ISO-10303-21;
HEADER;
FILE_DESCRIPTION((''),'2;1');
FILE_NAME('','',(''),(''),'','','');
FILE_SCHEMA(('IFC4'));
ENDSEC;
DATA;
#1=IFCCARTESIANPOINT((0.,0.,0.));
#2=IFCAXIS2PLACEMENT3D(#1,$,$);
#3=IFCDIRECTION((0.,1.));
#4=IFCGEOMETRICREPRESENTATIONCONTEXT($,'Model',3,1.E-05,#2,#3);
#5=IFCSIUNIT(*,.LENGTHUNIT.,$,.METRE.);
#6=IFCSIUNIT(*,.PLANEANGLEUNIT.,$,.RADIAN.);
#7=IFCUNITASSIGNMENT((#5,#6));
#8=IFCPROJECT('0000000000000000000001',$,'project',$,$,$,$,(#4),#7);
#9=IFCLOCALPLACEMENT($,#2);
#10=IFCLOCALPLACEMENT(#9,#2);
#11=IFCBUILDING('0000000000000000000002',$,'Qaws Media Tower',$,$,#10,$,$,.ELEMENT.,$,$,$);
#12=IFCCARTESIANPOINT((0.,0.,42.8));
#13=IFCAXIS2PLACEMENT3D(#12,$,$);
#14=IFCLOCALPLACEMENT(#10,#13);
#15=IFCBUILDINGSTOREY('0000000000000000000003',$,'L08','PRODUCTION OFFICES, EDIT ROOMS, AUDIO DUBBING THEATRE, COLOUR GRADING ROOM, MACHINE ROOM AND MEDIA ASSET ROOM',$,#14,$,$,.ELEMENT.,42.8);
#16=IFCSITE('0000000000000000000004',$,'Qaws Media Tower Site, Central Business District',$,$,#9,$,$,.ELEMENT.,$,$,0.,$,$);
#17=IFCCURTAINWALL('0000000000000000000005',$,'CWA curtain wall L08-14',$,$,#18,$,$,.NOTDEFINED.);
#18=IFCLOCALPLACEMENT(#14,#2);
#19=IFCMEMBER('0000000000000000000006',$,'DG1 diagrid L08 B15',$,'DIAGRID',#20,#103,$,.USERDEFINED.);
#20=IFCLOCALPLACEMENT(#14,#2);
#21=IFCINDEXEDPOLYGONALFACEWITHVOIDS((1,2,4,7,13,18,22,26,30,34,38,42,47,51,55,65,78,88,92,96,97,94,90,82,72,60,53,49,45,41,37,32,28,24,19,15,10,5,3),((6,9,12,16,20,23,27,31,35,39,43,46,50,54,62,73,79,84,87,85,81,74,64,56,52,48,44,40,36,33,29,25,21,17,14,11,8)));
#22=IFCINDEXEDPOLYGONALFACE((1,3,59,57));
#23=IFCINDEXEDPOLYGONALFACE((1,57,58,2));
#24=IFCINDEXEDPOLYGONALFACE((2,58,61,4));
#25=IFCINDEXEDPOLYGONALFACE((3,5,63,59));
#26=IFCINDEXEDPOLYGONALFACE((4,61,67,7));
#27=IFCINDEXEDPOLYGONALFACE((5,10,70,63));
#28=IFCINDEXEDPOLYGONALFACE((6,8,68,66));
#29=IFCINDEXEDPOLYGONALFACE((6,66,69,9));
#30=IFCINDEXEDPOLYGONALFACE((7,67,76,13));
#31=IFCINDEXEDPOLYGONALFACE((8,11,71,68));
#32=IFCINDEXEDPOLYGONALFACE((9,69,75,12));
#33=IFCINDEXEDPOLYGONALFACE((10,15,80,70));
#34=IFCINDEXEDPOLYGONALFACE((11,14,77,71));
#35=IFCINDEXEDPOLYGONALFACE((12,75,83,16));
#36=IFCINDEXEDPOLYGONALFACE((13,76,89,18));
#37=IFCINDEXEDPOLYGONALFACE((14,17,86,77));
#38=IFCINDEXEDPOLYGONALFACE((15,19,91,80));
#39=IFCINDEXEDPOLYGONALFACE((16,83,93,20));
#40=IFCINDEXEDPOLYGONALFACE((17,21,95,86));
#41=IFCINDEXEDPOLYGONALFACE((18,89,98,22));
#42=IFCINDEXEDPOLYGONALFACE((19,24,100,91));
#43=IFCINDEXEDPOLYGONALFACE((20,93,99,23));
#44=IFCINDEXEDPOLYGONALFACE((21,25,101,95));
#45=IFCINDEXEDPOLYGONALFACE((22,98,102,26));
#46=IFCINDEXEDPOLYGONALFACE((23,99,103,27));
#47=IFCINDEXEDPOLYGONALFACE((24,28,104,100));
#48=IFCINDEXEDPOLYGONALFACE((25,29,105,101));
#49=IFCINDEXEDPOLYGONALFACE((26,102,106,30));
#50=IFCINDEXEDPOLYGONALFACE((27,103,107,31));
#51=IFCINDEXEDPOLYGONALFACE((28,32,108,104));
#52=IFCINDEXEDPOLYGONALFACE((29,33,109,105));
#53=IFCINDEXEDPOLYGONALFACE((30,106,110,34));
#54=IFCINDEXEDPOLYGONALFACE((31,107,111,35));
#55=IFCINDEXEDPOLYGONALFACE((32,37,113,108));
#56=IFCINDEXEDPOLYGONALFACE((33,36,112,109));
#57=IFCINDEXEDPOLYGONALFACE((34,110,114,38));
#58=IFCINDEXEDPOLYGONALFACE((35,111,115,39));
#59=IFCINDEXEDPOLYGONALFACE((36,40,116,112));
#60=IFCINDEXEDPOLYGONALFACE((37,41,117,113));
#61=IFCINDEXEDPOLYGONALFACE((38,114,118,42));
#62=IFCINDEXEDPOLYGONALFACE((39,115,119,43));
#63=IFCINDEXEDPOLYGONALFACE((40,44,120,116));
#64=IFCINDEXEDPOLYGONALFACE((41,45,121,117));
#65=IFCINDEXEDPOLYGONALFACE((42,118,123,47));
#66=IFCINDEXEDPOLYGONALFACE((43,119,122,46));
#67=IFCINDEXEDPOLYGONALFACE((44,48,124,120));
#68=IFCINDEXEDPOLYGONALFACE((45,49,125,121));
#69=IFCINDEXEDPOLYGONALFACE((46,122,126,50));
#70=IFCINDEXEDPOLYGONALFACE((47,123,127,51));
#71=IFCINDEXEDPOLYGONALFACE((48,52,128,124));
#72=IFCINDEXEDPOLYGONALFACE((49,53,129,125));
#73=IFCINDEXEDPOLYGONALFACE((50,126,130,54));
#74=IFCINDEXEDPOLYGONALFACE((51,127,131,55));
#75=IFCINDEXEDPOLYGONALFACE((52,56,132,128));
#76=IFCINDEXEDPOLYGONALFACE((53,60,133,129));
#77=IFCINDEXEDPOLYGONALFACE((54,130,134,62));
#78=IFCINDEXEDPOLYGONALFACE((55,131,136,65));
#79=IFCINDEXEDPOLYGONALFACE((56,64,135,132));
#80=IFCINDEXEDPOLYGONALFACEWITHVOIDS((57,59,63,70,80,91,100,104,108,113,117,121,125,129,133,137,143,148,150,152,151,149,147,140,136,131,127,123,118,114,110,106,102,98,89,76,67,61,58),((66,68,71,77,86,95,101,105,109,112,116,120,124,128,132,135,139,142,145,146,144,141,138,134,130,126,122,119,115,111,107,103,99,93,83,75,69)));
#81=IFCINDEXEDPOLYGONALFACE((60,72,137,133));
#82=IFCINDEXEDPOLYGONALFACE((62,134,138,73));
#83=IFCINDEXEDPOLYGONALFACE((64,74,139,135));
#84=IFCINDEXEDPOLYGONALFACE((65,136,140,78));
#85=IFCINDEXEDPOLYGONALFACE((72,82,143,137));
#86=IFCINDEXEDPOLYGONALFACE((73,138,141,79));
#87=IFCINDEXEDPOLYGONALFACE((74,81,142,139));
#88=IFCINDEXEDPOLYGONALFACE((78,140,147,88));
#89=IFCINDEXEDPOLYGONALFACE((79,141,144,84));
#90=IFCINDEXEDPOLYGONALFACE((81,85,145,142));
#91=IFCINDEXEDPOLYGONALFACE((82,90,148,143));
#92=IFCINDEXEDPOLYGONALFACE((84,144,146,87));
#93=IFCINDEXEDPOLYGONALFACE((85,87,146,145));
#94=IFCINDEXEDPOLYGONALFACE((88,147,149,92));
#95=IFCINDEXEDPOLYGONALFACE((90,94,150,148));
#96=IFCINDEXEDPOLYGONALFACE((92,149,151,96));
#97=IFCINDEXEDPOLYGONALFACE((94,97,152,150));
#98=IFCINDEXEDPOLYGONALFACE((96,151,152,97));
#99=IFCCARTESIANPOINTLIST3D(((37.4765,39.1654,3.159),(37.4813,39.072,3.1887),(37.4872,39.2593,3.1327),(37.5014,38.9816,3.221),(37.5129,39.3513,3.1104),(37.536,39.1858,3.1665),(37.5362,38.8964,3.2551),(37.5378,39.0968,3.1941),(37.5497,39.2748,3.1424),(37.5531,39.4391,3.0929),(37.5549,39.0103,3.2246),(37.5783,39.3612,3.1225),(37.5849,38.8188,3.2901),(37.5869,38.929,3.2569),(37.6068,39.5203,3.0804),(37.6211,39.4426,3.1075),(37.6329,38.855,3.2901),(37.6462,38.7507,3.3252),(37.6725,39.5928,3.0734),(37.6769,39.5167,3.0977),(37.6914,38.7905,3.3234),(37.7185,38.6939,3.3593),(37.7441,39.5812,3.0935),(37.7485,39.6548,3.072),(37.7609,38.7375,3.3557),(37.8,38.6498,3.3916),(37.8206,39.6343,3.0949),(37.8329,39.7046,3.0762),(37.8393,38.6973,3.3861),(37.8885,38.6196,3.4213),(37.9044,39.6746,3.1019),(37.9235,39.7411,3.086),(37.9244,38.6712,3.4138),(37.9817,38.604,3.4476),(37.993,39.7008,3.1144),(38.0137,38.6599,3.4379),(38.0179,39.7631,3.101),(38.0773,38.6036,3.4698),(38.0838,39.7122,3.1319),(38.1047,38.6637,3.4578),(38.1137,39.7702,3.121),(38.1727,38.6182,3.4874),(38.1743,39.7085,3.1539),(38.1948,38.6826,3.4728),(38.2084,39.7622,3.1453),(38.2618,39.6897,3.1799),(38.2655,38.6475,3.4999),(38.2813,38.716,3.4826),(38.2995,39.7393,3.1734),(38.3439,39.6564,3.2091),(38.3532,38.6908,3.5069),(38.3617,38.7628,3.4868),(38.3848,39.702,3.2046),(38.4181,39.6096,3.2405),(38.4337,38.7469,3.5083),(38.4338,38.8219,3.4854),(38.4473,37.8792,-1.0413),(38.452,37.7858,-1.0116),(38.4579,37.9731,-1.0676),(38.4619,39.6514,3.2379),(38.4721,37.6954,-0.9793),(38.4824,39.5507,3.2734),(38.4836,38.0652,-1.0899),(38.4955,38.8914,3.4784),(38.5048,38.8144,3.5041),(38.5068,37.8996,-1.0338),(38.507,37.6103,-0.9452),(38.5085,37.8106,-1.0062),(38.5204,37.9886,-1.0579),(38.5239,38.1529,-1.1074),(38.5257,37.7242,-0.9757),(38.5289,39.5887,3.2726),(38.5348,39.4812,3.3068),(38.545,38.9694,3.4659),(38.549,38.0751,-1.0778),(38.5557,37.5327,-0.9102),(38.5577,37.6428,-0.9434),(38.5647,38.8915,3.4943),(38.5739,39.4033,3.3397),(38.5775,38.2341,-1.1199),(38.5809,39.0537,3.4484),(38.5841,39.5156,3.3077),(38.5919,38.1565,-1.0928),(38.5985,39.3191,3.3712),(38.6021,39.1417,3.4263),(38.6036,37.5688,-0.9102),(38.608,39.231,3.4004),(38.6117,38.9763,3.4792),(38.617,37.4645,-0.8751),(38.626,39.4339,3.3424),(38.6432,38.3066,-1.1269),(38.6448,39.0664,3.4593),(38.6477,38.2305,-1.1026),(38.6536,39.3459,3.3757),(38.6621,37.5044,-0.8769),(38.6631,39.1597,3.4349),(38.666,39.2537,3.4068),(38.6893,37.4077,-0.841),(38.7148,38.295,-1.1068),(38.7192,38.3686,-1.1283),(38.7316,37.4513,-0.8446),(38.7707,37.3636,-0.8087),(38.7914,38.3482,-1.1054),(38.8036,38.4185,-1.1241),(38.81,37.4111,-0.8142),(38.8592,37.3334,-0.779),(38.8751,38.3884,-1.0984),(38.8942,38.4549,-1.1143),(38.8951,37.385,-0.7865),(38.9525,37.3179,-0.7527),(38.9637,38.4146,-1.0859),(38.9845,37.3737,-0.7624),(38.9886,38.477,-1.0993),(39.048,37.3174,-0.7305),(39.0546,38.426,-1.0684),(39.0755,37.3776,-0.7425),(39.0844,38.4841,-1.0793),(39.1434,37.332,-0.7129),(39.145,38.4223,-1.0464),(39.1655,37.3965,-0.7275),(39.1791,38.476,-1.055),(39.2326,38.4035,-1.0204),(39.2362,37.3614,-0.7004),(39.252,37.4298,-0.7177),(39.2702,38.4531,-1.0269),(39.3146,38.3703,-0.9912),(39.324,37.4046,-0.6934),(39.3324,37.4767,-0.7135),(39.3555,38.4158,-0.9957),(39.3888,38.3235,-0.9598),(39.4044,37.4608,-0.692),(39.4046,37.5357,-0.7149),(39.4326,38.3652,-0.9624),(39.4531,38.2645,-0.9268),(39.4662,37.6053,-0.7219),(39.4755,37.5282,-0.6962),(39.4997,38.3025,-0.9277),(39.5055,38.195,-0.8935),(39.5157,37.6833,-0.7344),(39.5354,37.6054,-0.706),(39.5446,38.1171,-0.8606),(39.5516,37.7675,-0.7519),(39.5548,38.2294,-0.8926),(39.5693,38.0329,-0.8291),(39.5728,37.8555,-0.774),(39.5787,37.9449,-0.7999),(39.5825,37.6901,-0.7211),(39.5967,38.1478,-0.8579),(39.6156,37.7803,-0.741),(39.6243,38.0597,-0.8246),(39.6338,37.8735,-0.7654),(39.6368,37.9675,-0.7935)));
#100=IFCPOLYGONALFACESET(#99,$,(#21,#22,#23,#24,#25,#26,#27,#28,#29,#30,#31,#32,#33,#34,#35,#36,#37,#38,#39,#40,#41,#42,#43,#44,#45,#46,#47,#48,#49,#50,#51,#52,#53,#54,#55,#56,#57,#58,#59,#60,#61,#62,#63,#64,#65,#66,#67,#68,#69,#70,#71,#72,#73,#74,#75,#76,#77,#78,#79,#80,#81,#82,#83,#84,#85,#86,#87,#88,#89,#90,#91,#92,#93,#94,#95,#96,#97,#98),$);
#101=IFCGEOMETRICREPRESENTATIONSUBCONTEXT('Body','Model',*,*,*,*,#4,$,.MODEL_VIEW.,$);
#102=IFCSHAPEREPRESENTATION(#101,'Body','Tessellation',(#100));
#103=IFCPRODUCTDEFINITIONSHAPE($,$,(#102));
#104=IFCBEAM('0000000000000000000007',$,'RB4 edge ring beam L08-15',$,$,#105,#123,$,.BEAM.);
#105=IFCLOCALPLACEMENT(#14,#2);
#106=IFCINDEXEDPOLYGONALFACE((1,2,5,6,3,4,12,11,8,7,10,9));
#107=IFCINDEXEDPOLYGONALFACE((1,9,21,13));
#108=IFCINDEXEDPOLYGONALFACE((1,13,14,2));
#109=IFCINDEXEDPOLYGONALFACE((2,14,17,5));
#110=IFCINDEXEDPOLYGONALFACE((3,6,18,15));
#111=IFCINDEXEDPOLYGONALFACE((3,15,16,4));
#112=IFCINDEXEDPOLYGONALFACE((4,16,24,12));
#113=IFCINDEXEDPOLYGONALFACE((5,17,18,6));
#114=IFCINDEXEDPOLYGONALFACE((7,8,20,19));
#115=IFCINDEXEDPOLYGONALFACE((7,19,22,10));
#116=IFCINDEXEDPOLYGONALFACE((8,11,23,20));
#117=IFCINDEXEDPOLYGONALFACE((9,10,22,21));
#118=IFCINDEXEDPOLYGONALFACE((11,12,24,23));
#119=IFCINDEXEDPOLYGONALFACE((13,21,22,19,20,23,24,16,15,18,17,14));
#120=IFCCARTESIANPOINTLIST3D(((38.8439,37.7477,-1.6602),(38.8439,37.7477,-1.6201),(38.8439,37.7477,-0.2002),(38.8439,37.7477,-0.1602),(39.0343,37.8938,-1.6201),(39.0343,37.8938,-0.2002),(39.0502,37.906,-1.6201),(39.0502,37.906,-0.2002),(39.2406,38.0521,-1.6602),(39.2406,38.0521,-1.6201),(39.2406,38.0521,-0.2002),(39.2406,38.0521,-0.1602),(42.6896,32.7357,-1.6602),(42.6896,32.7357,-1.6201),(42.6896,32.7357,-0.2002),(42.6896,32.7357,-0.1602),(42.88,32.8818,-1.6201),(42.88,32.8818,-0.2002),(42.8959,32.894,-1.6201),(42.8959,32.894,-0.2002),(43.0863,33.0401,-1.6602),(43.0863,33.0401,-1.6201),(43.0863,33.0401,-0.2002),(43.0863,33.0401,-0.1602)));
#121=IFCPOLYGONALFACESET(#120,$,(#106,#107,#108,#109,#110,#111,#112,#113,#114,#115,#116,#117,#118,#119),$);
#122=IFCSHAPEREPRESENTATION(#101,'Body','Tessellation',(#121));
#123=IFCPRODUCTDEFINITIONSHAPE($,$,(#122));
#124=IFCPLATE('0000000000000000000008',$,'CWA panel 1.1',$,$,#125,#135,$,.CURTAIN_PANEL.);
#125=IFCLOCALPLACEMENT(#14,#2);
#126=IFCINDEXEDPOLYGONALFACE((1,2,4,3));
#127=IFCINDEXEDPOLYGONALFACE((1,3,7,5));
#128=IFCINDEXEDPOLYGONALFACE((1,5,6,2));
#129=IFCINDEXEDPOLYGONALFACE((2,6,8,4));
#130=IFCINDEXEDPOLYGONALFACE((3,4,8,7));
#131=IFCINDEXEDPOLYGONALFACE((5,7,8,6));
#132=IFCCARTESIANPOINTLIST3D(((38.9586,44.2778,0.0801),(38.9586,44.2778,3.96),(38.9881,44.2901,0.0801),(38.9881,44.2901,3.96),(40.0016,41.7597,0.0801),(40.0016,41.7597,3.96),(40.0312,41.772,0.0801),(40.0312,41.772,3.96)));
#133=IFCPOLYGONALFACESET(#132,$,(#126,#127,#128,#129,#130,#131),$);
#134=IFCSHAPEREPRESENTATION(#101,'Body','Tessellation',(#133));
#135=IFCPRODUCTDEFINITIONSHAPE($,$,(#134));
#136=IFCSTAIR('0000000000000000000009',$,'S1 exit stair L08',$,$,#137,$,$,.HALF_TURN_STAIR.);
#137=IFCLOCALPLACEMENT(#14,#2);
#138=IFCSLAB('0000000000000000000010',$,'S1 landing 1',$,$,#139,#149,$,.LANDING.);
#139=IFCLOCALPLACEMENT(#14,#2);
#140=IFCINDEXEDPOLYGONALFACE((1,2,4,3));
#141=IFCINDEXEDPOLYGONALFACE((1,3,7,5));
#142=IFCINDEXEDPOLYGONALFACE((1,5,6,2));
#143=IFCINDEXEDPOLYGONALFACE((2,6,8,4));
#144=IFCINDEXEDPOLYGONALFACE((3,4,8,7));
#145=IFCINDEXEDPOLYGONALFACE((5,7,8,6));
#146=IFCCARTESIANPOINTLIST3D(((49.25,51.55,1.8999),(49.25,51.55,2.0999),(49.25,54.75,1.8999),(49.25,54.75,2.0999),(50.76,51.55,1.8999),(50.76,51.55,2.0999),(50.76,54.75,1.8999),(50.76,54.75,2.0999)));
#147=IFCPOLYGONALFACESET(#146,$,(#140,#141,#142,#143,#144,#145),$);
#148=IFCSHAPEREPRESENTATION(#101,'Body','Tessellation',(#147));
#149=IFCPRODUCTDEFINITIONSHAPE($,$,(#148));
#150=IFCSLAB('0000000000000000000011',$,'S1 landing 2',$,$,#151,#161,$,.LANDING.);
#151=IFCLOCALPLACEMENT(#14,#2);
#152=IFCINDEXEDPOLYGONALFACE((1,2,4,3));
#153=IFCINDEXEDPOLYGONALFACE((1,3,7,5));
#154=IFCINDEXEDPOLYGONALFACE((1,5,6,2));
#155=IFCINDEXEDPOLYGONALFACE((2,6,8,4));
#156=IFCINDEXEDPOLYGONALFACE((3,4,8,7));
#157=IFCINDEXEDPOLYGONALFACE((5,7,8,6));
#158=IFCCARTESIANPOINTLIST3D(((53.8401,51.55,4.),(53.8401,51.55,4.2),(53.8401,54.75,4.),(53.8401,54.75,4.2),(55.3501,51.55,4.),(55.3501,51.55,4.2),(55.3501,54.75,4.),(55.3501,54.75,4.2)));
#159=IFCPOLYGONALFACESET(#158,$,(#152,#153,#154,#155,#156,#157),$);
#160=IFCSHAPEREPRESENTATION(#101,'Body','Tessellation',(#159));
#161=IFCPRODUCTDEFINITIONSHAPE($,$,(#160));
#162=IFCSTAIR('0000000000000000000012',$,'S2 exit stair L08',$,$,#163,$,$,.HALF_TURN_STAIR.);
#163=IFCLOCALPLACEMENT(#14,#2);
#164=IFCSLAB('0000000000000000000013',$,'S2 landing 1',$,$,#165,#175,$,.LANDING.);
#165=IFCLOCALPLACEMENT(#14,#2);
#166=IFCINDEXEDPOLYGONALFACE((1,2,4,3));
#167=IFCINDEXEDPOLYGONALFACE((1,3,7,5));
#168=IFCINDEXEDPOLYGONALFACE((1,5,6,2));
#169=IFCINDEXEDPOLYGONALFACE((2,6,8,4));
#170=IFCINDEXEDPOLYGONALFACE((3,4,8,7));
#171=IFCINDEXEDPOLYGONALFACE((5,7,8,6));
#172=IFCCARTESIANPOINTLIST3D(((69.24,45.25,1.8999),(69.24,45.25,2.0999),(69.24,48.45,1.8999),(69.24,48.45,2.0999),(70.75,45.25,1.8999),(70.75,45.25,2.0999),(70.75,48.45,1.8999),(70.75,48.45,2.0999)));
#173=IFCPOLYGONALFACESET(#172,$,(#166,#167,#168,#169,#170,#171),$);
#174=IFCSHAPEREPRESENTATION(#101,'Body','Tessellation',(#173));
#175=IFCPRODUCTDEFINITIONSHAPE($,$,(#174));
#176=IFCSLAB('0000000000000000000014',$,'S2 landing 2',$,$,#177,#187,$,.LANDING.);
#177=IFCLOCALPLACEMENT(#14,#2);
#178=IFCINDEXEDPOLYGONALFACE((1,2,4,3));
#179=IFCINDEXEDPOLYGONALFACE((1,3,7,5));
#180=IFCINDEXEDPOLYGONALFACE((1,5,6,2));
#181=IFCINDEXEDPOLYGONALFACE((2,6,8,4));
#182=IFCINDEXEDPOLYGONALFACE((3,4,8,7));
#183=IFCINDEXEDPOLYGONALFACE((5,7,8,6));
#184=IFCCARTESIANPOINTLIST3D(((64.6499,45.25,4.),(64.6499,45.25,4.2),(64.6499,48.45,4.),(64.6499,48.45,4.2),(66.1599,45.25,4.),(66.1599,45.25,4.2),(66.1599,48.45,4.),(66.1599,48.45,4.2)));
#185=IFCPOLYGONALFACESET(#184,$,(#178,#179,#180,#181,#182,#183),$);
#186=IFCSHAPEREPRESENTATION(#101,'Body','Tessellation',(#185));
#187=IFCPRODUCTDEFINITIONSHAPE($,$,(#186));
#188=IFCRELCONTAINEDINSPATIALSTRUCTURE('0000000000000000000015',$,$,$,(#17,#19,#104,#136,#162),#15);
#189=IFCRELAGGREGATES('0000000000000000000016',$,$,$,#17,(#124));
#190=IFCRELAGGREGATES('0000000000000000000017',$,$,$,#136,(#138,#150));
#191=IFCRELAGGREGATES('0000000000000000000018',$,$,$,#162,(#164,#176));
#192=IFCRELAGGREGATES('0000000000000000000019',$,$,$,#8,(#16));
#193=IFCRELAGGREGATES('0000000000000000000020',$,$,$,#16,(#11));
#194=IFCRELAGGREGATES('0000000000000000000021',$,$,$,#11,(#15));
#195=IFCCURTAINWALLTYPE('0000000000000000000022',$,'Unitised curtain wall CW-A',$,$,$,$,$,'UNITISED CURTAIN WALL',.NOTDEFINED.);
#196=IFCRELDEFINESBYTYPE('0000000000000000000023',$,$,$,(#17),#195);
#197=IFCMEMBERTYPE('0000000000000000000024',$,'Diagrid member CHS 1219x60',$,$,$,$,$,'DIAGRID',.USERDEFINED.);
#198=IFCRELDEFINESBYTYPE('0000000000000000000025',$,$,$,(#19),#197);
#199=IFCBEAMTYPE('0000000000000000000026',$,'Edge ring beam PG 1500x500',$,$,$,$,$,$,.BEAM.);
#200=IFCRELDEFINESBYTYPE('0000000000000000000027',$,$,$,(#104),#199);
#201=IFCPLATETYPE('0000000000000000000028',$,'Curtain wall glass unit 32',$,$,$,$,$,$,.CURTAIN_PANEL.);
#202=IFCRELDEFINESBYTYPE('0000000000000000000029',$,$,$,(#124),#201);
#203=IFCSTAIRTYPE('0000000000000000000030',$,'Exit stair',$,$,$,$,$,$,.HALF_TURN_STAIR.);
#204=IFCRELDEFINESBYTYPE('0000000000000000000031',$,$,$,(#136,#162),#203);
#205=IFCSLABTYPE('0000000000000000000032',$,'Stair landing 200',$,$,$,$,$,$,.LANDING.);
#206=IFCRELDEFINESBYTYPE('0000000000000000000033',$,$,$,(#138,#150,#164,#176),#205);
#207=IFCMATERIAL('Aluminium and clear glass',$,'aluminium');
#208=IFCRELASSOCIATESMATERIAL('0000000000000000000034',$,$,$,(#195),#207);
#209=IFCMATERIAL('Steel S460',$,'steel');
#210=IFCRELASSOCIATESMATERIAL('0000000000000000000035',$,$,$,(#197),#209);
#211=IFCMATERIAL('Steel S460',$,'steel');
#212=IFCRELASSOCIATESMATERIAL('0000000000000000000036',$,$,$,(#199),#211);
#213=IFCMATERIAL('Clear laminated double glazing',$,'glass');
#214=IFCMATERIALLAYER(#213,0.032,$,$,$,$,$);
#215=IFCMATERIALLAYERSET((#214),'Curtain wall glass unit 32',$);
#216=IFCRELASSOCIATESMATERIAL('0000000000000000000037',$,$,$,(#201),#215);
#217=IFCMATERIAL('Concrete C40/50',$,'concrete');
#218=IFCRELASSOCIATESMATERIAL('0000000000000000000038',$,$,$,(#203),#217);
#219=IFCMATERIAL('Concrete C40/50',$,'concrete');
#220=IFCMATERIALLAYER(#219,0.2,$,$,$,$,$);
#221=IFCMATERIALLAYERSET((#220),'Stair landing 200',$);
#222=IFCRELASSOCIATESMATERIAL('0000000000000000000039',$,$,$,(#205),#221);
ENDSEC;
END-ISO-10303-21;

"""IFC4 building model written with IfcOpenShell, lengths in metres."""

from ifc_helpers import new_model, si_unit, direction, frame, origin, origin_2d, place, context, subcontext, project, spatial, polyline, rectangle, hollow_circle, i_section, outline, extrude, material, layer, layer_set, material_profile, profile_set, type_object, element, aggregate, save


model = new_model("IFC4")

# Units and contexts
model_context = context("Model", 3, precision=1e-05, world=origin(), true_north=direction((0.0, 1.0)))
body_context = subcontext(model_context, "Body", "Model", "MODEL_VIEW")
ifc_project = project(units=[si_unit("LENGTHUNIT", "METRE"), si_unit("PLANEANGLEUNIT", "RADIAN")], contexts=[model_context])

# Site, building, storey
site_placement = place(None, origin())
site = spatial("IfcSite", under=ifc_project, at=site_placement, Name="Qaws Media Tower Site, Central Business District", CompositionType="ELEMENT", RefElevation=0.0)
building_placement = place(site_placement, origin())
building = spatial("IfcBuilding", under=site, at=building_placement, Name="Qaws Media Tower", CompositionType="ELEMENT")
storey_placement = place(building_placement, frame((0.0, 0.0, 42.8)))
storey = spatial("IfcBuildingStorey", under=building, at=storey_placement, Name="L08", Description="PRODUCTION OFFICES, EDIT ROOMS, AUDIO DUBBING THEATRE, COLOUR GRADING ROOM, MACHINE ROOM AND MEDIA ASSET ROOM", CompositionType="ELEMENT", Elevation=42.8)

# Curtain wall
ifc_material_1 = material(Name="Aluminium and clear glass", Category="aluminium")
curtain_wall_type = type_object("IfcCurtainWallType", Name="Unitised curtain wall CW-A", ElementType="UNITISED CURTAIN WALL", PredefinedType="NOTDEFINED", material=ifc_material_1)
curtain_wall_placement = place(storey_placement, origin())
curtain_wall = element("IfcCurtainWall", 1, at=curtain_wall_placement, inside=storey, type_object=curtain_wall_type, Name="CWA curtain wall L08-14", PredefinedType="NOTDEFINED")

# Member
ifc_material_2 = material(Name="Steel S460", Category="steel")
ifc_material_profile_1 = material_profile(ifc_material_2, hollow_circle(Radius=0.6096, WallThickness=0.0601, at=origin_2d()), Name="CHS 1219x60")
ifc_profile_set_1 = profile_set([ifc_material_profile_1], Name="Steel S460")
member_type_1 = type_object("IfcMemberType", Name="Diagrid member CHS 1219x60", ElementType="DIAGRID", PredefinedType="USERDEFINED", material=ifc_profile_set_1)
member_1_placement = place(storey_placement, frame((39.0422, 37.8999, -0.9102), z_axis=(-0.215776, 0.285892, 0.933652), x_axis=(-0.798178, -0.602421, 0.0)))
element("IfcMember", 2, at=member_1_placement, inside=storey, type_object=member_type_1, Name="DG1 diagrid L08 B15", ObjectType="DIAGRID", PredefinedType="USERDEFINED", context=body_context, shape_type="SweptSolid", body=[
    extrude(hollow_circle(Radius=0.6096, WallThickness=0.0601, at=origin_2d()), origin(), (0.0, 0.0, 1.0), 4.4988),
])

# Beam
ifc_material_3 = material(Name="Steel S460", Category="steel")
ifc_material_profile_2 = material_profile(ifc_material_3, i_section(OverallWidth=0.5, OverallDepth=1.5, WebThickness=0.02, FlangeThickness=0.04, at=origin_2d()), Name="PG 1500x500")
ifc_profile_set_2 = profile_set([ifc_material_profile_2], Name="Steel S460")
beam_type = type_object("IfcBeamType", Name="Edge ring beam PG 1500x500", PredefinedType="BEAM", material=ifc_profile_set_2)
beam_placement = place(storey_placement, frame((39.0422, 37.8999, -0.9102), z_axis=(0.60875, -0.793362, 0.0), x_axis=(0.793362, 0.60875, 0.0)))
element("IfcBeam", 3, at=beam_placement, inside=storey, type_object=beam_type, Name="RB4 edge ring beam L08-15", PredefinedType="BEAM", context=body_context, shape_type="SweptSolid", body=[
    extrude(i_section(OverallWidth=0.5, OverallDepth=1.5, WebThickness=0.02, FlangeThickness=0.04, at=origin_2d()), origin(), (0.0, 0.0, 1.0), 6.3174),
])

# Plate
ifc_material_4 = material(Name="Clear laminated double glazing", Category="glass")
ifc_layer_1 = layer(ifc_material_4, 0.032)
ifc_layer_set_1 = layer_set([ifc_layer_1], Name="Curtain wall glass unit 32")
plate_type = type_object("IfcPlateType", Name="Curtain wall glass unit 32", PredefinedType="CURTAIN_PANEL", material=ifc_layer_set_1)
plate_placement = place(storey_placement, frame((39.4949, 43.0249, 0.0801), z_axis=(0.0, 0.0, 1.0), x_axis=(0.382683, -0.92388, 0.0)))
plate = element("IfcPlate", 4, at=plate_placement, type_object=plate_type, Name="CWA panel 1.1", PredefinedType="CURTAIN_PANEL", context=body_context, shape_type="SweptSolid", body=[
    extrude(rectangle(XDim=2.7256, YDim=0.032, at=origin_2d()), origin(), (0.0, 0.0, 1.0), 3.8799),
])
aggregate(curtain_wall, [plate])

# Stairs, slabs
ifc_material_5 = material(Name="Concrete C40/50", Category="concrete")
stair_type = type_object("IfcStairType", Name="Exit stair", PredefinedType="HALF_TURN_STAIR", material=ifc_material_5)
stair_1_placement = place(storey_placement, origin())
stair_1 = element("IfcStair", 5, at=stair_1_placement, inside=storey, type_object=stair_type, Name="S1 exit stair L08", PredefinedType="HALF_TURN_STAIR")
ifc_material_6 = material(Name="Concrete C40/50", Category="concrete")
ifc_layer_2 = layer(ifc_material_6, 0.2)
ifc_layer_set_2 = layer_set([ifc_layer_2], Name="Stair landing 200")
slab_type = type_object("IfcSlabType", Name="Stair landing 200", PredefinedType="LANDING", material=ifc_layer_set_2)
slab_1_placement = place(storey_placement, frame((0.0, 0.0, 1.8999)))
slab_1 = element("IfcSlab", 6, at=slab_1_placement, type_object=slab_type, Name="S1 landing 1", PredefinedType="LANDING", context=body_context, shape_type="SweptSolid", body=[
    extrude(outline(polyline([(49.25, 51.55), (50.76, 51.55), (50.76, 54.75), (49.25, 54.75), (49.25, 51.55)])), origin(), (0.0, 0.0, 1.0), 0.2),
])
slab_2_placement = place(storey_placement, frame((0.0, 0.0, 4.0)))
slab_2 = element("IfcSlab", 7, at=slab_2_placement, type_object=slab_type, Name="S1 landing 2", PredefinedType="LANDING", context=body_context, shape_type="SweptSolid", body=[
    extrude(outline(polyline([(53.8401, 51.55), (55.3501, 51.55), (55.3501, 54.75), (53.8401, 54.75), (53.8401, 51.55)])), origin(), (0.0, 0.0, 1.0), 0.2),
])
aggregate(stair_1, [slab_1, slab_2])
stair_2_placement = place(storey_placement, origin())
stair_2 = element("IfcStair", 8, at=stair_2_placement, inside=storey, type_object=stair_type, Name="S2 exit stair L08", PredefinedType="HALF_TURN_STAIR")
slab_3_placement = place(storey_placement, frame((0.0, 0.0, 1.8999)))
slab_3 = element("IfcSlab", 9, at=slab_3_placement, type_object=slab_type, Name="S2 landing 1", PredefinedType="LANDING", context=body_context, shape_type="SweptSolid", body=[
    extrude(outline(polyline([(69.24, 45.25), (70.75, 45.25), (70.75, 48.45), (69.24, 48.45), (69.24, 45.25)])), origin(), (0.0, 0.0, 1.0), 0.2),
])
slab_4_placement = place(storey_placement, frame((0.0, 0.0, 4.0)))
slab_4 = element("IfcSlab", 10, at=slab_4_placement, type_object=slab_type, Name="S2 landing 2", PredefinedType="LANDING", context=body_context, shape_type="SweptSolid", body=[
    extrude(outline(polyline([(64.6499, 45.25), (66.1599, 45.25), (66.1599, 48.45), (64.6499, 48.45), (64.6499, 45.25)])), origin(), (0.0, 0.0, 1.0), 0.2),
])
aggregate(stair_2, [slab_3, slab_4])

save(model, "model.ifc")
